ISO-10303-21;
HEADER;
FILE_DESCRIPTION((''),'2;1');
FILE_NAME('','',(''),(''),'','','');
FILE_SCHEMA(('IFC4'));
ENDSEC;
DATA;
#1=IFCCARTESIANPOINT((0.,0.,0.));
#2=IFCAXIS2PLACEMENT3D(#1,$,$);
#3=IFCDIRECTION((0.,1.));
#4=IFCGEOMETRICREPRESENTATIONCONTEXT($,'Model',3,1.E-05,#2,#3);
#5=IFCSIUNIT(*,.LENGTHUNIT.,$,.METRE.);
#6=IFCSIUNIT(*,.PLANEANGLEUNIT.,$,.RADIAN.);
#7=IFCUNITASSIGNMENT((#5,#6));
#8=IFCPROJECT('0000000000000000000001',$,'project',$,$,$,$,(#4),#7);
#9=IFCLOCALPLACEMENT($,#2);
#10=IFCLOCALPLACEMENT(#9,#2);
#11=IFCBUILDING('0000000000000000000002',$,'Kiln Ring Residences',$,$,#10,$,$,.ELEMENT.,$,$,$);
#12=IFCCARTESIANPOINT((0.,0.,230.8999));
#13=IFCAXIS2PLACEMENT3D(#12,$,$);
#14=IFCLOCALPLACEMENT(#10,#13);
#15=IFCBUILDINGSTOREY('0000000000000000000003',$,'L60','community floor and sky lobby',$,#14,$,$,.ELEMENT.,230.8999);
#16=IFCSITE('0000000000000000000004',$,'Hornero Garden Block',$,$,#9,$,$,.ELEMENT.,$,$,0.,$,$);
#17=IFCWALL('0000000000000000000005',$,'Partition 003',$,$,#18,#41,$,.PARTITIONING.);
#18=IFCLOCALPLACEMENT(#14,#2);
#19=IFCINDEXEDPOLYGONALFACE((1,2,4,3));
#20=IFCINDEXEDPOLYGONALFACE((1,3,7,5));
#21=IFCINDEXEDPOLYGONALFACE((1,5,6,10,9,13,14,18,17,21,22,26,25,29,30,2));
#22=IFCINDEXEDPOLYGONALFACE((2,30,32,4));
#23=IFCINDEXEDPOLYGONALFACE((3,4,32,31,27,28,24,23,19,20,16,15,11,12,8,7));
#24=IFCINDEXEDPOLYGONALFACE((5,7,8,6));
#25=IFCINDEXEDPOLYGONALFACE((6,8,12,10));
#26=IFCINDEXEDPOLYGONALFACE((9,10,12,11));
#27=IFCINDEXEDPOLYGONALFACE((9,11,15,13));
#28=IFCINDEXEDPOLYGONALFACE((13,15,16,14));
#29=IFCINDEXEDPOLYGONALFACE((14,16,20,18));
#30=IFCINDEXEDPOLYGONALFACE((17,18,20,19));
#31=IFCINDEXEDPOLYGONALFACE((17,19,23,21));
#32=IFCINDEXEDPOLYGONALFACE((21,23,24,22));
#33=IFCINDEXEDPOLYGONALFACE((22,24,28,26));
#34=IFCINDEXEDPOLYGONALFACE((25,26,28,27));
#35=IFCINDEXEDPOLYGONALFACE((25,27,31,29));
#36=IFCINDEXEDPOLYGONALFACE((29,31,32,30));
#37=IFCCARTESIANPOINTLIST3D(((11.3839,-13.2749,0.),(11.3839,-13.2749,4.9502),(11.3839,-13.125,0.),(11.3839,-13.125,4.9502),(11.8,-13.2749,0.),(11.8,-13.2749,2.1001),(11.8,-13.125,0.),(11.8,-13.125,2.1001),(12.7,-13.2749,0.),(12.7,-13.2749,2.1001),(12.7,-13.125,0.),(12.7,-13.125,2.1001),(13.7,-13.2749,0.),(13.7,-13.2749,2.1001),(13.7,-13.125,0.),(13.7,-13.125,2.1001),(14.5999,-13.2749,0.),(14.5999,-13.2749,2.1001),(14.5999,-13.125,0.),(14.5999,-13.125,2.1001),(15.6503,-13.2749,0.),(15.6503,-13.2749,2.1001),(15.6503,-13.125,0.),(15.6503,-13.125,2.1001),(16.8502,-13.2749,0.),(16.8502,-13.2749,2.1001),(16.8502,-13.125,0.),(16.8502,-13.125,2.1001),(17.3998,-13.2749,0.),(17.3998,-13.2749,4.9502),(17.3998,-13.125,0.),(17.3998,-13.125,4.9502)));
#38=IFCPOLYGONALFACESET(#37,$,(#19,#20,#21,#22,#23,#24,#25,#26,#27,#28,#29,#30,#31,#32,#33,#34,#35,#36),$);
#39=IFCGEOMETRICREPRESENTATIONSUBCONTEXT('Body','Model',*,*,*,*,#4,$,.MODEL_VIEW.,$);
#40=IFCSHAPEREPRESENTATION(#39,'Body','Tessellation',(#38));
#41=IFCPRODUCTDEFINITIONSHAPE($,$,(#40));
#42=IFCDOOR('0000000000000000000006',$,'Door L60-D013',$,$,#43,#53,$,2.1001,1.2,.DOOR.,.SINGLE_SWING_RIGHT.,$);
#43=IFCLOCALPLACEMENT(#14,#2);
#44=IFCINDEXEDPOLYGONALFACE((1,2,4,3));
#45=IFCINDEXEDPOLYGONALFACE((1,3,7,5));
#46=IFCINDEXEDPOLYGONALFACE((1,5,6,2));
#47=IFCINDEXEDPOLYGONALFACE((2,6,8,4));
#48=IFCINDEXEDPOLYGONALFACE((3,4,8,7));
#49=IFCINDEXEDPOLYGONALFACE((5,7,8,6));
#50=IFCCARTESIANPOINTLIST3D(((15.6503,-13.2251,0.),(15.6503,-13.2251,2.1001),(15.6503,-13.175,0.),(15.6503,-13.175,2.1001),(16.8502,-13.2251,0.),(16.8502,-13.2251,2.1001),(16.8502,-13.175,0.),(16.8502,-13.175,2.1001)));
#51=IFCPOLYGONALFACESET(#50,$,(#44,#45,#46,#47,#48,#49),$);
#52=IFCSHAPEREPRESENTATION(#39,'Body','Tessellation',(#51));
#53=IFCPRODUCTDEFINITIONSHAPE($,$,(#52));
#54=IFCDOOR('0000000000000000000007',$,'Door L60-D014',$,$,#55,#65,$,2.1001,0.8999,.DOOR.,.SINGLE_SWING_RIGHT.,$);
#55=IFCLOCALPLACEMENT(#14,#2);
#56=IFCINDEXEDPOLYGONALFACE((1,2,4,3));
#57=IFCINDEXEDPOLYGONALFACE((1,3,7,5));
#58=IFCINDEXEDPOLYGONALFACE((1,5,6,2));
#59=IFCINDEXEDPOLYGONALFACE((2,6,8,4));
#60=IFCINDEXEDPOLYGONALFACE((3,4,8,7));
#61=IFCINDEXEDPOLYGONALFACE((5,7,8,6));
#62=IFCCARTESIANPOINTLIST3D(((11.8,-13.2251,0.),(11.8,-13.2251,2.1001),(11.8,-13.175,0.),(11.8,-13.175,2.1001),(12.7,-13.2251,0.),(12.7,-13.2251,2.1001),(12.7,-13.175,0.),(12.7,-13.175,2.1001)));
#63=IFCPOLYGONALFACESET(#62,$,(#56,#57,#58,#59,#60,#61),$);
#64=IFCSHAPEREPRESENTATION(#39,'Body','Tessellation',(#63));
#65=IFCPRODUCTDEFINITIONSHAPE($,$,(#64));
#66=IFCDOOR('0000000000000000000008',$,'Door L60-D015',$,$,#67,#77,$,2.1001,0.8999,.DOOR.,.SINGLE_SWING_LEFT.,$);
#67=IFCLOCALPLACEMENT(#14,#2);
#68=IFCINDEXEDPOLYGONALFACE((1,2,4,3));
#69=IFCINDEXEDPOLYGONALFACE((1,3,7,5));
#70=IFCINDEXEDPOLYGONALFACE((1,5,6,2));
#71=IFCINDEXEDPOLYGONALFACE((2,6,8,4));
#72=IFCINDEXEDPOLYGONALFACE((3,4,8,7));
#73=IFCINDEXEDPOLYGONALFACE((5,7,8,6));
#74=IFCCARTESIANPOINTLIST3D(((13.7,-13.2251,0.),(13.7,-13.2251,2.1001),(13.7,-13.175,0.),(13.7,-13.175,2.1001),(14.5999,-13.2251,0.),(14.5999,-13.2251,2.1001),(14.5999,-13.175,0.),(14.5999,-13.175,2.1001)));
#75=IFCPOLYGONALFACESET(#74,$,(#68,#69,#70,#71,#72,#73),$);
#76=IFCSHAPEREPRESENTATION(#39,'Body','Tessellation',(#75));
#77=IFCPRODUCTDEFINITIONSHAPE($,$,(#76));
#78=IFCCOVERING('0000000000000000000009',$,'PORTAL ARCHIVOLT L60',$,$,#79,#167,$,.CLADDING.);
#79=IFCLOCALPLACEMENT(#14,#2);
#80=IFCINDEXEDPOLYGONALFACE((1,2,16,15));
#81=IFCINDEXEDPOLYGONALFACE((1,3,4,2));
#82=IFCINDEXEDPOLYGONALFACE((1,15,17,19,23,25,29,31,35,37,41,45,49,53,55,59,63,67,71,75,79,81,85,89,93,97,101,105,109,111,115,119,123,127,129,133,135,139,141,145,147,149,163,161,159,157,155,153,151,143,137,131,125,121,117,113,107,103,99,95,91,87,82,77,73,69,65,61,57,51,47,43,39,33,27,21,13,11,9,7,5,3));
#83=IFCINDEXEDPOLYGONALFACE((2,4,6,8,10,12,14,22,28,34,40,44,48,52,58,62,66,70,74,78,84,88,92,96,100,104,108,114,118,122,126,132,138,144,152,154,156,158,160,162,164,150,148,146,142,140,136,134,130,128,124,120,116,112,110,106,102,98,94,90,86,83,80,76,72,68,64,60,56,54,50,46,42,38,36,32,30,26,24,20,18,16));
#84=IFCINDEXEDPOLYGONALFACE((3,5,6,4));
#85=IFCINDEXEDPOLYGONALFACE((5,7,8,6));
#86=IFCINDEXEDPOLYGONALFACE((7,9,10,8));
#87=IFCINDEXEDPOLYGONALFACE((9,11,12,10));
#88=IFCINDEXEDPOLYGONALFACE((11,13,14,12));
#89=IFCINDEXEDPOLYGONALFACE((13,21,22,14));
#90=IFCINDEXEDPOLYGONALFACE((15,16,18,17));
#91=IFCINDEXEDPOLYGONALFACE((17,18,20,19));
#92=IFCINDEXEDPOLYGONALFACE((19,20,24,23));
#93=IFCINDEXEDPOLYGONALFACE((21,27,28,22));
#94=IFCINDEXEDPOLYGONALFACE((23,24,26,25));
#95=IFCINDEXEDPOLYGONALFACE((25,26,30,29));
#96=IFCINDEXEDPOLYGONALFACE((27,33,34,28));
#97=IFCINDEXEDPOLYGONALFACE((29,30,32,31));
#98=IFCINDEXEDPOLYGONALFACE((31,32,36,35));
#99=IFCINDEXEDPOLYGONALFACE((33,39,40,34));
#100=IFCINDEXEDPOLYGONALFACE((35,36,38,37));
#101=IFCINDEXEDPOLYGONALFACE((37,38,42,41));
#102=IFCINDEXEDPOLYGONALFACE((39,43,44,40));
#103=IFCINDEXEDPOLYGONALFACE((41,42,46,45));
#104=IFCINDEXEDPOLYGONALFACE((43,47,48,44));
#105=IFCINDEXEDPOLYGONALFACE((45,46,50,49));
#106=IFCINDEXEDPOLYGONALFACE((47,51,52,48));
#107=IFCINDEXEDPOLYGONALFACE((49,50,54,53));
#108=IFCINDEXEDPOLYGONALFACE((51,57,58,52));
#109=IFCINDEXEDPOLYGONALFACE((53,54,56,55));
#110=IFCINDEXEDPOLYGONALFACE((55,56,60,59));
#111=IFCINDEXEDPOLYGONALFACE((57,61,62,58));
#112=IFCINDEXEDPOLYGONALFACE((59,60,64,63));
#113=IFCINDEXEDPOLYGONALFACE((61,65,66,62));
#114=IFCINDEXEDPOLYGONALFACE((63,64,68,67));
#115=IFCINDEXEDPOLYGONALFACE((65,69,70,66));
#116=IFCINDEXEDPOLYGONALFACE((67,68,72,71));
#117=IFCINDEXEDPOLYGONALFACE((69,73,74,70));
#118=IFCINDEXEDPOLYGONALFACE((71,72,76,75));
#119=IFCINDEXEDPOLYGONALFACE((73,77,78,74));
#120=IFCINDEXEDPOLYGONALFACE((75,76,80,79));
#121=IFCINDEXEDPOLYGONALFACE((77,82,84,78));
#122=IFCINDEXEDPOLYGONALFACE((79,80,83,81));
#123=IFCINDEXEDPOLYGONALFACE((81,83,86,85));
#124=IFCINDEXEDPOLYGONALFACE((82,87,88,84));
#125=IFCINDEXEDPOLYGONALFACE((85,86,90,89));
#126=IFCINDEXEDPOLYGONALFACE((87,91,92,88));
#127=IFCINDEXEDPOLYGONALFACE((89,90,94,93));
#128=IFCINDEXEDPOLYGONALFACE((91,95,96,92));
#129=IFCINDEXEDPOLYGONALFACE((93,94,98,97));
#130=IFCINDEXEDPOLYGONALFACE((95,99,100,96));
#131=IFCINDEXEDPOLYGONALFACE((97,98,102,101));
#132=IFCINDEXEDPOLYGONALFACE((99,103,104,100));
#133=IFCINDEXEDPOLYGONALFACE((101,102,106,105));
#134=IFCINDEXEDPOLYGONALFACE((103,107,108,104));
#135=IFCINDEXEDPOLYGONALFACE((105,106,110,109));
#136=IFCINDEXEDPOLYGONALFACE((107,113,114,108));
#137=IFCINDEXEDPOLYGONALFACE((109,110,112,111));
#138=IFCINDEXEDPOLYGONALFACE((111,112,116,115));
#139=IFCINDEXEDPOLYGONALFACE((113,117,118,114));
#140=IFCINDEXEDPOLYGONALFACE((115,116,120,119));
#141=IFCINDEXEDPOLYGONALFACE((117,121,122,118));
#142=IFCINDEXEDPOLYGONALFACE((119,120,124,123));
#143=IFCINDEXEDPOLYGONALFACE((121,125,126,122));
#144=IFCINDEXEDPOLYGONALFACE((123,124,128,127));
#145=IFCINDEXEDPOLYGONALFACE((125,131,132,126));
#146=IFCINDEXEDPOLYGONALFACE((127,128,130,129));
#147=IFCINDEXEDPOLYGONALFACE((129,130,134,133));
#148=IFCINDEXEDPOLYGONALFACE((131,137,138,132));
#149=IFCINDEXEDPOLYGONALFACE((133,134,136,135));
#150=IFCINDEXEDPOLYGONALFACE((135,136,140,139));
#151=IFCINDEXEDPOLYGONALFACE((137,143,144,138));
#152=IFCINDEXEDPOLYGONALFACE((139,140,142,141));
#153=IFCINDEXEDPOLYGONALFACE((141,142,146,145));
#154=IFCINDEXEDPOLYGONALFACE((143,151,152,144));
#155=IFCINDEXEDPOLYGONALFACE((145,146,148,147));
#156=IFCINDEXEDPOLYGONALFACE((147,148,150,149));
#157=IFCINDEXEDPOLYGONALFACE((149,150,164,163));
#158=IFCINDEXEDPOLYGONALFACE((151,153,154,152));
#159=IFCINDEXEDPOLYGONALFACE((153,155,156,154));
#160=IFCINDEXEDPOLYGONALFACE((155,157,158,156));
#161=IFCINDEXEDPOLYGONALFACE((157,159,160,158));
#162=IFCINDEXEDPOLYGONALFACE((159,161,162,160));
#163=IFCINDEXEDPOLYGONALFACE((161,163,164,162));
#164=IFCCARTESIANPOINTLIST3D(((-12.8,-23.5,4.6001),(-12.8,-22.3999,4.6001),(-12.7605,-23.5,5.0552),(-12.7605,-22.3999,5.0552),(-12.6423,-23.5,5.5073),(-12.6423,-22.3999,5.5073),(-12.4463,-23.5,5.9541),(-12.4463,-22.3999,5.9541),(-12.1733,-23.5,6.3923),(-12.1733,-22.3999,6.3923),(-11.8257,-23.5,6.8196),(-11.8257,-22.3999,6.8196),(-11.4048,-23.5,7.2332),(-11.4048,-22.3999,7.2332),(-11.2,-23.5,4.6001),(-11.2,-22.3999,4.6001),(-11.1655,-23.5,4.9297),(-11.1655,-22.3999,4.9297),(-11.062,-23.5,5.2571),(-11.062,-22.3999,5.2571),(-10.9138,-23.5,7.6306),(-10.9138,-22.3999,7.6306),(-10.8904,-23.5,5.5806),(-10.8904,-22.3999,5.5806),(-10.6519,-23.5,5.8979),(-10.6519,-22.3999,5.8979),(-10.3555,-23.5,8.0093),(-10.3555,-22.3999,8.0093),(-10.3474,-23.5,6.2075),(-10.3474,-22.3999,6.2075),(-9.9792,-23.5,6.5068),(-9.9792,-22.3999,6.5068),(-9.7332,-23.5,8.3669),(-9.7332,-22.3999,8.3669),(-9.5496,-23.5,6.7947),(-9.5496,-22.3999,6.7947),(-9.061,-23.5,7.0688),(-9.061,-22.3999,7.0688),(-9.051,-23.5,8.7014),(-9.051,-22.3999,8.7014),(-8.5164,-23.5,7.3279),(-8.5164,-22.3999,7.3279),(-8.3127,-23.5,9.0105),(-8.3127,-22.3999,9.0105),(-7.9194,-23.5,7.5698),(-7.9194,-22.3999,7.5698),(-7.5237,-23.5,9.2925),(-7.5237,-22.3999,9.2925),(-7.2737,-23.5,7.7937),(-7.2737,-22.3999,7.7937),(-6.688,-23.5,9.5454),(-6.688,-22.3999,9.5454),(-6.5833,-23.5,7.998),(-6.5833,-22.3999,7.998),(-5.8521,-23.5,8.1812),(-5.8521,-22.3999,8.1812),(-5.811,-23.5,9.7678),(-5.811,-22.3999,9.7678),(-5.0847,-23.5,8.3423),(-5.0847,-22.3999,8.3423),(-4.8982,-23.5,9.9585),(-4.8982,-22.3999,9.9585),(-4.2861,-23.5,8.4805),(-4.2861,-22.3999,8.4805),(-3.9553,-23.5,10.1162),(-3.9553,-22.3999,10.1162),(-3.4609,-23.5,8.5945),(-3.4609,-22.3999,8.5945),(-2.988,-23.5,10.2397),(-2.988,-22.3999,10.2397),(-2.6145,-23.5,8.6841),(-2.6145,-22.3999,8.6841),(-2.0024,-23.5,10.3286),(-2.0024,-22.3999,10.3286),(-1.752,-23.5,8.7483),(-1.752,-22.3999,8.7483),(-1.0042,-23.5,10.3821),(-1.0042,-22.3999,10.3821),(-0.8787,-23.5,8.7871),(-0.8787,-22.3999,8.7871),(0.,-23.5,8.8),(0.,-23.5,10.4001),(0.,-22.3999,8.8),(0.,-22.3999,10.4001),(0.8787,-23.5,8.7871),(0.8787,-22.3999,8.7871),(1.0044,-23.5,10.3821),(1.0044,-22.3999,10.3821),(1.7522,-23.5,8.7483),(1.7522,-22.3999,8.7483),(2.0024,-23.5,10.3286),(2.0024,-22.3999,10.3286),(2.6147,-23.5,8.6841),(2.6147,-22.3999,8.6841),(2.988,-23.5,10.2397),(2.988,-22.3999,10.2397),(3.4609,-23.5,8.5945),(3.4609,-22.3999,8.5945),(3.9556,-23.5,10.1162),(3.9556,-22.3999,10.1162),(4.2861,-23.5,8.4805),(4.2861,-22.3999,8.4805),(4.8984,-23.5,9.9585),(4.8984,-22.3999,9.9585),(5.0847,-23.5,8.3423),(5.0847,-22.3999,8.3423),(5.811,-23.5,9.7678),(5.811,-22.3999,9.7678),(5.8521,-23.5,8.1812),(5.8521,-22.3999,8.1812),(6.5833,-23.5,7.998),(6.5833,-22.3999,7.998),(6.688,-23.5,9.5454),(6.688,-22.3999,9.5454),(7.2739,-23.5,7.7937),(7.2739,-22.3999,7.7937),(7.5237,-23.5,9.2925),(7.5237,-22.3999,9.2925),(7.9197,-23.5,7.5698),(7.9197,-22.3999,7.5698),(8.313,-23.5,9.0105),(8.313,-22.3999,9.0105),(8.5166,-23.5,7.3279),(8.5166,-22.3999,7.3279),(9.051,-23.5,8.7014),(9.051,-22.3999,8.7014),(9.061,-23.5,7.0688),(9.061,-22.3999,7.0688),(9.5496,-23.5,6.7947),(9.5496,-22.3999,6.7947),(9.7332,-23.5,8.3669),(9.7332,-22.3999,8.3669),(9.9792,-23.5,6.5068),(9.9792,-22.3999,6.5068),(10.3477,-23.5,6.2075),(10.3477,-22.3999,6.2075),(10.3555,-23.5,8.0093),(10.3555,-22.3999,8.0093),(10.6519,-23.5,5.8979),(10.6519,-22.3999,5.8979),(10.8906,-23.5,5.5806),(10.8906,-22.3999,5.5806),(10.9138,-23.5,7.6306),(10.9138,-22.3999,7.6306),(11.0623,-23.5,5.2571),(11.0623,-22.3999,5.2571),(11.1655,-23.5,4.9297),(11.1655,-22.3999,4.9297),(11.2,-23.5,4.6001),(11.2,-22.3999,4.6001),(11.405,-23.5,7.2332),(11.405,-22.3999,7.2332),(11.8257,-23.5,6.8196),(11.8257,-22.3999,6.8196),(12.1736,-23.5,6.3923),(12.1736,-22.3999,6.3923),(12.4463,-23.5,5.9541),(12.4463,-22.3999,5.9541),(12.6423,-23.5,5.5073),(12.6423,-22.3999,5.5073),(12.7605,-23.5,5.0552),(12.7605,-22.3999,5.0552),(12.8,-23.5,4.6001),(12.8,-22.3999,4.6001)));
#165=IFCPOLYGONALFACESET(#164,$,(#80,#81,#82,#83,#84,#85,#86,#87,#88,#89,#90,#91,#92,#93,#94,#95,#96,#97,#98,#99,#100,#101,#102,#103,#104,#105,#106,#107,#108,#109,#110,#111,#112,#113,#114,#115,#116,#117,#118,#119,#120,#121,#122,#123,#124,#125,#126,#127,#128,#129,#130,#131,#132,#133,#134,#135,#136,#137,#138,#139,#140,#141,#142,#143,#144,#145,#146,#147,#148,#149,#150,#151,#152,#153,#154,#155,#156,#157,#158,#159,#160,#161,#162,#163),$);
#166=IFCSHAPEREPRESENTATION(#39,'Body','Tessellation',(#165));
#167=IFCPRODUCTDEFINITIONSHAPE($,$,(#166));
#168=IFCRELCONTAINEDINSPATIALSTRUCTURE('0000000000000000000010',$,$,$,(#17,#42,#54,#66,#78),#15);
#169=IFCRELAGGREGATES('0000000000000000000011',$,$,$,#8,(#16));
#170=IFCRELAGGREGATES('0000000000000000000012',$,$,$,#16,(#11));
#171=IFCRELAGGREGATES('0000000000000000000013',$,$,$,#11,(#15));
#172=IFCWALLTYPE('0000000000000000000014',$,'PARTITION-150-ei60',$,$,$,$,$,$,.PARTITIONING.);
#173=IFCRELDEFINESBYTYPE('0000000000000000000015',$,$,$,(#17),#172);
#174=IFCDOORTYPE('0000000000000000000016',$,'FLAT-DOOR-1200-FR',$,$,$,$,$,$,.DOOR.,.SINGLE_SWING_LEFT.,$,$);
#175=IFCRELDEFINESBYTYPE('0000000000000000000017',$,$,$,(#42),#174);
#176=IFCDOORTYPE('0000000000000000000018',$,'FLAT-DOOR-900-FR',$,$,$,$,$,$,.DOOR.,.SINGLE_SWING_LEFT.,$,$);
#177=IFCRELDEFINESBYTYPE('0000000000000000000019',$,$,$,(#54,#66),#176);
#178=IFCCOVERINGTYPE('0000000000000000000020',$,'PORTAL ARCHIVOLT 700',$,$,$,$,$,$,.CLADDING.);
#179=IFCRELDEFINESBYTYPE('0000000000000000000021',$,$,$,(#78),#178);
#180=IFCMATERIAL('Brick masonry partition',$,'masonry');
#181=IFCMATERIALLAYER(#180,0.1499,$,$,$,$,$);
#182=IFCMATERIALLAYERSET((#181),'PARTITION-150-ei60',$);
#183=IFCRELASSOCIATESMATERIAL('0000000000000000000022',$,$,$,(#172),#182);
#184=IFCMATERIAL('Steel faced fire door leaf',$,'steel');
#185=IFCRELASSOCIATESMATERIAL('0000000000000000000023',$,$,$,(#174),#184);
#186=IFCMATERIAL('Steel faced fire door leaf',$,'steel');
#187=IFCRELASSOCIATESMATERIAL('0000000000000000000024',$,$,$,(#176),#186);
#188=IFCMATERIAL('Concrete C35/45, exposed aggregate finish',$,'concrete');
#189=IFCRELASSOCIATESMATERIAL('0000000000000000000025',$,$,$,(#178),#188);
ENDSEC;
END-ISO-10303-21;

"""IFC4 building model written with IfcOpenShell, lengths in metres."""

from ifc_helpers import new_model, si_unit, direction, frame, frame_2d, origin, place, context, subcontext, project, spatial, polyline, rectangle, outline, extrude, material, layer, layer_set, type_object, element, fill, save


model = new_model("IFC4")

# Units and contexts
model_context = context("Model", 3, precision=1e-05, world=origin(), true_north=direction((0.0, 1.0)))
body_context = subcontext(model_context, "Body", "Model", "MODEL_VIEW")
ifc_project = project(units=[si_unit("LENGTHUNIT", "METRE"), si_unit("PLANEANGLEUNIT", "RADIAN")], contexts=[model_context])

# Site, building, storey
site_placement = place(None, origin())
site = spatial("IfcSite", under=ifc_project, at=site_placement, Name="Hornero Garden Block", CompositionType="ELEMENT", RefElevation=0.0)
building_placement = place(site_placement, origin())
building = spatial("IfcBuilding", under=site, at=building_placement, Name="Kiln Ring Residences", CompositionType="ELEMENT")
storey_placement = place(building_placement, frame((0.0, 0.0, 230.8999)))
storey = spatial("IfcBuildingStorey", under=building, at=storey_placement, Name="L60", Description="community floor and sky lobby", CompositionType="ELEMENT", Elevation=230.8999)

# Wall, openings, doors
ifc_material_1 = material(Name="Brick masonry partition", Category="masonry")
ifc_layer_1 = layer(ifc_material_1, 0.1499)
ifc_layer_set_1 = layer_set([ifc_layer_1], Name="PARTITION-150-ei60")
wall_type = type_object("IfcWallType", Name="PARTITION-150-ei60", PredefinedType="PARTITIONING", material=ifc_layer_set_1)
wall_1_placement = place(storey_placement, frame((11.384, -13.2, 0.0), z_axis=(0.0, 0.0, 1.0), x_axis=(1.0, 0.0, 0.0)))
wall_1 = element("IfcWall", 1, at=wall_1_placement, inside=storey, type_object=wall_type, Name="Partition 003", PredefinedType="PARTITIONING", context=body_context, shape_type="SweptSolid", body=[
    extrude(rectangle(XDim=6.0159, YDim=0.1499, at=frame_2d((3.0078, 0.0))), origin(), (0.0, 0.0, 1.0), 4.9502),
])
opening_1_placement = place(wall_1_placement, frame((4.2661, 0.0, 0.0)))
opening_1 = element("IfcOpeningElement", 2, at=opening_1_placement, cuts=wall_1, PredefinedType="OPENING", context=body_context, shape_type="SweptSolid", body=[
    extrude(rectangle(XDim=1.2, YDim=2.1001, at=frame_2d((0.6001, 1.05))), frame((0.0, 0.085, 0.0), z_axis=(0.0, -1.0, 0.0), x_axis=(1.0, 0.0, 0.0)), (0.0, 0.0, 1.0), 0.1699),
])
opening_2_placement = place(wall_1_placement, frame((0.416, 0.0, 0.0)))
opening_2 = element("IfcOpeningElement", 3, at=opening_2_placement, cuts=wall_1, PredefinedType="OPENING", context=body_context, shape_type="SweptSolid", body=[
    extrude(rectangle(XDim=0.8999, YDim=2.1001, at=frame_2d((0.45, 1.05))), frame((0.0, 0.085, 0.0), z_axis=(0.0, -1.0, 0.0), x_axis=(1.0, 0.0, 0.0)), (0.0, 0.0, 1.0), 0.1699),
])
opening_3_placement = place(wall_1_placement, frame((2.3159, 0.0, 0.0)))
opening_3 = element("IfcOpeningElement", 4, at=opening_3_placement, cuts=wall_1, PredefinedType="OPENING", context=body_context, shape_type="SweptSolid", body=[
    extrude(rectangle(XDim=0.8999, YDim=2.1001, at=frame_2d((0.45, 1.05))), frame((0.0, 0.085, 0.0), z_axis=(0.0, -1.0, 0.0), x_axis=(1.0, 0.0, 0.0)), (0.0, 0.0, 1.0), 0.1699),
])
ifc_material_2 = material(Name="Steel faced fire door leaf", Category="steel")
door_type_1 = type_object("IfcDoorType", Name="FLAT-DOOR-1200-FR", OperationType="SINGLE_SWING_LEFT", PredefinedType="DOOR", material=ifc_material_2)
door_1_placement = place(opening_1_placement, origin())
door_1 = element("IfcDoor", 5, at=door_1_placement, inside=storey, type_object=door_type_1, Name="Door L60-D013", OperationType="SINGLE_SWING_RIGHT", OverallHeight=2.1001, OverallWidth=1.2, PredefinedType="DOOR", context=body_context, shape_type="SweptSolid", body=[
    extrude(rectangle(XDim=1.2, YDim=2.1001, at=frame_2d((0.6001, 1.05))), frame((0.0, 0.0249, 0.0), z_axis=(0.0, -1.0, 0.0), x_axis=(1.0, 0.0, 0.0)), (0.0, 0.0, 1.0), 0.05),
])
fill(opening_1, door_1)
ifc_material_3 = material(Name="Steel faced fire door leaf", Category="steel")
door_type_2 = type_object("IfcDoorType", Name="FLAT-DOOR-900-FR", OperationType="SINGLE_SWING_LEFT", PredefinedType="DOOR", material=ifc_material_3)
door_2_placement = place(opening_2_placement, origin())
door_2 = element("IfcDoor", 6, at=door_2_placement, inside=storey, type_object=door_type_2, Name="Door L60-D014", OperationType="SINGLE_SWING_RIGHT", OverallHeight=2.1001, OverallWidth=0.8999, PredefinedType="DOOR", context=body_context, shape_type="SweptSolid", body=[
    extrude(rectangle(XDim=0.8999, YDim=2.1001, at=frame_2d((0.45, 1.05))), frame((0.0, 0.0249, 0.0), z_axis=(0.0, -1.0, 0.0), x_axis=(1.0, 0.0, 0.0)), (0.0, 0.0, 1.0), 0.05),
])
fill(opening_2, door_2)
door_3_placement = place(opening_3_placement, origin())
door_3 = element("IfcDoor", 7, at=door_3_placement, inside=storey, type_object=door_type_2, Name="Door L60-D015", OperationType="SINGLE_SWING_LEFT", OverallHeight=2.1001, OverallWidth=0.8999, PredefinedType="DOOR", context=body_context, shape_type="SweptSolid", body=[
    extrude(rectangle(XDim=0.8999, YDim=2.1001, at=frame_2d((0.45, 1.05))), frame((0.0, 0.0249, 0.0), z_axis=(0.0, -1.0, 0.0), x_axis=(1.0, 0.0, 0.0)), (0.0, 0.0, 1.0), 0.05),
])
fill(opening_3, door_3)

# Covering
ifc_material_4 = material(Name="Concrete C35/45, exposed aggregate finish", Category="concrete")
covering_type_1 = type_object("IfcCoveringType", Name="PORTAL ARCHIVOLT 700", PredefinedType="CLADDING", material=ifc_material_4)
covering_1_placement = place(storey_placement, frame((12.8, -22.95, 4.6001), z_axis=(0.0, 0.0, 1.0), x_axis=(-1.0, 0.0, 0.0)))
element("IfcCovering", 8, at=covering_1_placement, inside=storey, type_object=covering_type_1, Name="PORTAL ARCHIVOLT L60", PredefinedType="CLADDING", context=body_context, shape_type="SweptSolid", body=[
    extrude(outline(polyline([(0.0, 0.0), (0.0396, 0.4551), (0.1577, 0.9072), (0.3538, 1.354), (0.6265, 1.7922), (0.9744, 2.2195), (1.395, 2.6331), (1.8862, 3.0305), (2.4446, 3.4092), (3.0669, 3.7668), (3.749, 4.1013), (4.4871, 4.4104), (5.2764, 4.6924), (6.1121, 4.9453), (6.989, 5.1677), (7.9016, 5.3584), (8.8445, 5.5161), (9.812, 5.6396), (10.7976, 5.7285), (11.7957, 5.782), (12.8, 5.8), (13.8042, 5.782), (14.8025, 5.7285), (15.7881, 5.6396), (16.7554, 5.5161), (17.6982, 5.3584), (18.6111, 5.1677), (19.488, 4.9453), (20.3237, 4.6924), (21.1128, 4.4104), (21.8511, 4.1013), (22.5332, 3.7668), (23.1555, 3.4092), (23.7139, 3.0305), (24.2048, 2.6331), (24.6257, 2.2195), (24.9734, 1.7922), (25.2463, 1.354), (25.4424, 0.9072), (25.5605, 0.4551), (25.6001, 0.0), (24.0, 0.0), (23.9656, 0.3296), (23.8621, 0.657), (23.6904, 0.9805), (23.4519, 1.2979), (23.1475, 1.6074), (22.7793, 1.9067), (22.3496, 2.1946), (21.8611, 2.4688), (21.3164, 2.7278), (20.7195, 2.9697), (20.0737, 3.1936), (19.3833, 3.3979), (18.6521, 3.5811), (17.8848, 3.7422), (17.0862, 3.8804), (16.261, 3.9944), (15.4146, 4.084), (14.552, 4.1482), (13.6787, 4.187), (12.8, 4.2), (11.9214, 4.187), (11.0479, 4.1482), (10.1853, 4.084), (9.3391, 3.9944), (8.5139, 3.8804), (7.7153, 3.7422), (6.948, 3.5811), (6.2168, 3.3979), (5.5261, 3.1936), (4.8804, 2.9697), (4.2834, 2.7278), (3.739, 2.4688), (3.2505, 2.1946), (2.8208, 1.9067), (2.4524, 1.6074), (2.1482, 1.2979), (1.9094, 0.9805), (1.7378, 0.657), (1.6345, 0.3296), (1.6001, 0.0), (0.0, 0.0)])), frame((0.0, 0.55, 0.0), z_axis=(0.0, -1.0, 0.0), x_axis=(1.0, 0.0, 0.0)), (0.0, 0.0, 1.0), 1.1001),
])

save(model, "model.ifc")
